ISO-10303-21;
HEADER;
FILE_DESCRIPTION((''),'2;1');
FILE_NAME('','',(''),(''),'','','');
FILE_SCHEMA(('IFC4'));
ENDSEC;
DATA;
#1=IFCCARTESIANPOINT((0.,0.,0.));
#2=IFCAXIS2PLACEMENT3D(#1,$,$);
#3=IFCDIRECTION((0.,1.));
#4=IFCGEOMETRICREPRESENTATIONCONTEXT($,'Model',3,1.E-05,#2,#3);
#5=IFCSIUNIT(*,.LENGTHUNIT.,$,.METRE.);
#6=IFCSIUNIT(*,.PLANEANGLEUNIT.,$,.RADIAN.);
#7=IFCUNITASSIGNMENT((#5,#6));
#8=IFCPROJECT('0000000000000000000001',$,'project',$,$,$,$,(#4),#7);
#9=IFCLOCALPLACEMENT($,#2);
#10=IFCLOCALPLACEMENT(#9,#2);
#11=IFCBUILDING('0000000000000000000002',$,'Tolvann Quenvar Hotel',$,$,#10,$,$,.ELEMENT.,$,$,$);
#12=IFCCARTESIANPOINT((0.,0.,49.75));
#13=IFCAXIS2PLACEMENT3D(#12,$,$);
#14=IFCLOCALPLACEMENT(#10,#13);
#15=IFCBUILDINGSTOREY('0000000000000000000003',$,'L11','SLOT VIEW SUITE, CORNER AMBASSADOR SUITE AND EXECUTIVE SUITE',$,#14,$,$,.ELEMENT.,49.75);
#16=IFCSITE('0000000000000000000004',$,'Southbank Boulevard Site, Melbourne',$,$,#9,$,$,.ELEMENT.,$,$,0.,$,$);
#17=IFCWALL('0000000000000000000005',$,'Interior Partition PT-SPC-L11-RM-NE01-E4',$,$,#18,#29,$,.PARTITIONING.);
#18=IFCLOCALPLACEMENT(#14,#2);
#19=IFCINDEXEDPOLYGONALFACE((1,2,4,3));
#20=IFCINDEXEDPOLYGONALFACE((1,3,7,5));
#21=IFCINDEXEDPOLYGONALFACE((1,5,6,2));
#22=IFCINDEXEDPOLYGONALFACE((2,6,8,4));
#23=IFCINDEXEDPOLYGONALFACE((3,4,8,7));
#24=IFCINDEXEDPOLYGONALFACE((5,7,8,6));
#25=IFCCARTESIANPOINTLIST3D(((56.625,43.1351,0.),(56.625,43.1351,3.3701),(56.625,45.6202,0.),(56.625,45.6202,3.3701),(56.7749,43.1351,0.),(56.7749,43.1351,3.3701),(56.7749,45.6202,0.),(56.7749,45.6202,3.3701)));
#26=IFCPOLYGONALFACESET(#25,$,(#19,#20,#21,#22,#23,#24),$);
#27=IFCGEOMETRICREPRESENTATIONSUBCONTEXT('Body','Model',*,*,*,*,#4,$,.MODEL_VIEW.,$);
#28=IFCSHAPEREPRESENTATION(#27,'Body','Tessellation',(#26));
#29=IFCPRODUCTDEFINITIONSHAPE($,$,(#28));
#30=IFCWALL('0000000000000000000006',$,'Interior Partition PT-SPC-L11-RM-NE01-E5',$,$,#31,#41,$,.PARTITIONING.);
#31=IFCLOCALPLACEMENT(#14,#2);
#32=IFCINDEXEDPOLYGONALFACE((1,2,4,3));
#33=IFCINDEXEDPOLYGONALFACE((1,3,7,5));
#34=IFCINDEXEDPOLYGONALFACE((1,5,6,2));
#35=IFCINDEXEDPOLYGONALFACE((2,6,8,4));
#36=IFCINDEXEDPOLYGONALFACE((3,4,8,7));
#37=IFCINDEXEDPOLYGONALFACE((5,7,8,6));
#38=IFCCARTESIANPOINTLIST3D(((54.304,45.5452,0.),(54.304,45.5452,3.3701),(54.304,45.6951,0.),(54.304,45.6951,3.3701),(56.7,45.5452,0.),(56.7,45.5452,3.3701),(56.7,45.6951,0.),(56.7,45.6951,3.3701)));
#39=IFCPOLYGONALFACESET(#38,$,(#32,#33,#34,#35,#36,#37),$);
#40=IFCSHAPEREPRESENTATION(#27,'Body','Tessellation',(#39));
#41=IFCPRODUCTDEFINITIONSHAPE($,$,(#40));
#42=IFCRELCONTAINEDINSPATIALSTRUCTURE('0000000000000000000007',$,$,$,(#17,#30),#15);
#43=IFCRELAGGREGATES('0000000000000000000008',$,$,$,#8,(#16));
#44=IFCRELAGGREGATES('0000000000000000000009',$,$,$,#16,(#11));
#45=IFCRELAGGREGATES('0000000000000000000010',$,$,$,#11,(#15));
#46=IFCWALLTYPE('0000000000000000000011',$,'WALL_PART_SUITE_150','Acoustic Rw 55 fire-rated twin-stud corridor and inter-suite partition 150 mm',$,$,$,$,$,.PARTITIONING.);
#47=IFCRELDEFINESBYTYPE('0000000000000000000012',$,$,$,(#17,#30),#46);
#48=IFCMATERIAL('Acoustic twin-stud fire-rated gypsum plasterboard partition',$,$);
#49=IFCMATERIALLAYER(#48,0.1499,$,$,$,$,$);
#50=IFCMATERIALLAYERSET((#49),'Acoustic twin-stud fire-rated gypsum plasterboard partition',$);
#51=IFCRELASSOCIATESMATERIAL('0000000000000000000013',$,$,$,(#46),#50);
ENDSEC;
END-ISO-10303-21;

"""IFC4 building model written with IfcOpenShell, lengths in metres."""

from ifc_helpers import new_model, si_unit, direction, frame, frame_2d, origin, place, context, subcontext, project, spatial, rectangle, extrude, material, layer, layer_set, type_object, element, save


model = new_model("IFC4")

# Units and contexts
model_context = context("Model", 3, precision=1e-05, world=origin(), true_north=direction((0.0, 1.0)))
body_context = subcontext(model_context, "Body", "Model", "MODEL_VIEW")
ifc_project = project(units=[si_unit("LENGTHUNIT", "METRE"), si_unit("PLANEANGLEUNIT", "RADIAN")], contexts=[model_context])

# Site, building, storey
site_placement = place(None, origin())
site = spatial("IfcSite", under=ifc_project, at=site_placement, Name="Southbank Boulevard Site, Melbourne", CompositionType="ELEMENT", RefElevation=0.0)
building_placement = place(site_placement, origin())
building = spatial("IfcBuilding", under=site, at=building_placement, Name="Tolvann Quenvar Hotel", CompositionType="ELEMENT")
storey_placement = place(building_placement, frame((0.0, 0.0, 49.75)))
storey = spatial("IfcBuildingStorey", under=building, at=storey_placement, Name="L11", Description="SLOT VIEW SUITE, CORNER AMBASSADOR SUITE AND EXECUTIVE SUITE", CompositionType="ELEMENT", Elevation=49.75)

# Walls
ifc_material_1 = material(Name="Acoustic twin-stud fire-rated gypsum plasterboard partition")
ifc_layer_1 = layer(ifc_material_1, 0.1499)
ifc_layer_set_1 = layer_set([ifc_layer_1], Name="Acoustic twin-stud fire-rated gypsum plasterboard partition")
wall_type_1 = type_object("IfcWallType", Name="WALL_PART_SUITE_150", Description="Acoustic Rw 55 fire-rated twin-stud corridor and inter-suite partition 150 mm", PredefinedType="PARTITIONING", material=ifc_layer_set_1)
wall_1_placement = place(storey_placement, frame((56.7, 43.135, 0.0), z_axis=(0.0, 0.0, 1.0), x_axis=(0.0, 1.0, 0.0)))
element("IfcWall", 1, at=wall_1_placement, inside=storey, type_object=wall_type_1, Name="Interior Partition PT-SPC-L11-RM-NE01-E4", PredefinedType="PARTITIONING", context=body_context, shape_type="SweptSolid", body=[
    extrude(rectangle(XDim=2.4851, YDim=0.1499, at=frame_2d((1.2427, 0.0))), origin(), (0.0, 0.0, 1.0), 3.3701),
])
wall_2_placement = place(storey_placement, frame((54.304, 45.6201, 0.0), z_axis=(0.0, 0.0, 1.0), x_axis=(1.0, 0.0, 0.0)))
element("IfcWall", 2, at=wall_2_placement, inside=storey, type_object=wall_type_1, Name="Interior Partition PT-SPC-L11-RM-NE01-E5", PredefinedType="PARTITIONING", context=body_context, shape_type="SweptSolid", body=[
    extrude(rectangle(XDim=2.396, YDim=0.1499, at=frame_2d((1.198, 0.0))), origin(), (0.0, 0.0, 1.0), 3.3701),
])

save(model, "model.ifc")
